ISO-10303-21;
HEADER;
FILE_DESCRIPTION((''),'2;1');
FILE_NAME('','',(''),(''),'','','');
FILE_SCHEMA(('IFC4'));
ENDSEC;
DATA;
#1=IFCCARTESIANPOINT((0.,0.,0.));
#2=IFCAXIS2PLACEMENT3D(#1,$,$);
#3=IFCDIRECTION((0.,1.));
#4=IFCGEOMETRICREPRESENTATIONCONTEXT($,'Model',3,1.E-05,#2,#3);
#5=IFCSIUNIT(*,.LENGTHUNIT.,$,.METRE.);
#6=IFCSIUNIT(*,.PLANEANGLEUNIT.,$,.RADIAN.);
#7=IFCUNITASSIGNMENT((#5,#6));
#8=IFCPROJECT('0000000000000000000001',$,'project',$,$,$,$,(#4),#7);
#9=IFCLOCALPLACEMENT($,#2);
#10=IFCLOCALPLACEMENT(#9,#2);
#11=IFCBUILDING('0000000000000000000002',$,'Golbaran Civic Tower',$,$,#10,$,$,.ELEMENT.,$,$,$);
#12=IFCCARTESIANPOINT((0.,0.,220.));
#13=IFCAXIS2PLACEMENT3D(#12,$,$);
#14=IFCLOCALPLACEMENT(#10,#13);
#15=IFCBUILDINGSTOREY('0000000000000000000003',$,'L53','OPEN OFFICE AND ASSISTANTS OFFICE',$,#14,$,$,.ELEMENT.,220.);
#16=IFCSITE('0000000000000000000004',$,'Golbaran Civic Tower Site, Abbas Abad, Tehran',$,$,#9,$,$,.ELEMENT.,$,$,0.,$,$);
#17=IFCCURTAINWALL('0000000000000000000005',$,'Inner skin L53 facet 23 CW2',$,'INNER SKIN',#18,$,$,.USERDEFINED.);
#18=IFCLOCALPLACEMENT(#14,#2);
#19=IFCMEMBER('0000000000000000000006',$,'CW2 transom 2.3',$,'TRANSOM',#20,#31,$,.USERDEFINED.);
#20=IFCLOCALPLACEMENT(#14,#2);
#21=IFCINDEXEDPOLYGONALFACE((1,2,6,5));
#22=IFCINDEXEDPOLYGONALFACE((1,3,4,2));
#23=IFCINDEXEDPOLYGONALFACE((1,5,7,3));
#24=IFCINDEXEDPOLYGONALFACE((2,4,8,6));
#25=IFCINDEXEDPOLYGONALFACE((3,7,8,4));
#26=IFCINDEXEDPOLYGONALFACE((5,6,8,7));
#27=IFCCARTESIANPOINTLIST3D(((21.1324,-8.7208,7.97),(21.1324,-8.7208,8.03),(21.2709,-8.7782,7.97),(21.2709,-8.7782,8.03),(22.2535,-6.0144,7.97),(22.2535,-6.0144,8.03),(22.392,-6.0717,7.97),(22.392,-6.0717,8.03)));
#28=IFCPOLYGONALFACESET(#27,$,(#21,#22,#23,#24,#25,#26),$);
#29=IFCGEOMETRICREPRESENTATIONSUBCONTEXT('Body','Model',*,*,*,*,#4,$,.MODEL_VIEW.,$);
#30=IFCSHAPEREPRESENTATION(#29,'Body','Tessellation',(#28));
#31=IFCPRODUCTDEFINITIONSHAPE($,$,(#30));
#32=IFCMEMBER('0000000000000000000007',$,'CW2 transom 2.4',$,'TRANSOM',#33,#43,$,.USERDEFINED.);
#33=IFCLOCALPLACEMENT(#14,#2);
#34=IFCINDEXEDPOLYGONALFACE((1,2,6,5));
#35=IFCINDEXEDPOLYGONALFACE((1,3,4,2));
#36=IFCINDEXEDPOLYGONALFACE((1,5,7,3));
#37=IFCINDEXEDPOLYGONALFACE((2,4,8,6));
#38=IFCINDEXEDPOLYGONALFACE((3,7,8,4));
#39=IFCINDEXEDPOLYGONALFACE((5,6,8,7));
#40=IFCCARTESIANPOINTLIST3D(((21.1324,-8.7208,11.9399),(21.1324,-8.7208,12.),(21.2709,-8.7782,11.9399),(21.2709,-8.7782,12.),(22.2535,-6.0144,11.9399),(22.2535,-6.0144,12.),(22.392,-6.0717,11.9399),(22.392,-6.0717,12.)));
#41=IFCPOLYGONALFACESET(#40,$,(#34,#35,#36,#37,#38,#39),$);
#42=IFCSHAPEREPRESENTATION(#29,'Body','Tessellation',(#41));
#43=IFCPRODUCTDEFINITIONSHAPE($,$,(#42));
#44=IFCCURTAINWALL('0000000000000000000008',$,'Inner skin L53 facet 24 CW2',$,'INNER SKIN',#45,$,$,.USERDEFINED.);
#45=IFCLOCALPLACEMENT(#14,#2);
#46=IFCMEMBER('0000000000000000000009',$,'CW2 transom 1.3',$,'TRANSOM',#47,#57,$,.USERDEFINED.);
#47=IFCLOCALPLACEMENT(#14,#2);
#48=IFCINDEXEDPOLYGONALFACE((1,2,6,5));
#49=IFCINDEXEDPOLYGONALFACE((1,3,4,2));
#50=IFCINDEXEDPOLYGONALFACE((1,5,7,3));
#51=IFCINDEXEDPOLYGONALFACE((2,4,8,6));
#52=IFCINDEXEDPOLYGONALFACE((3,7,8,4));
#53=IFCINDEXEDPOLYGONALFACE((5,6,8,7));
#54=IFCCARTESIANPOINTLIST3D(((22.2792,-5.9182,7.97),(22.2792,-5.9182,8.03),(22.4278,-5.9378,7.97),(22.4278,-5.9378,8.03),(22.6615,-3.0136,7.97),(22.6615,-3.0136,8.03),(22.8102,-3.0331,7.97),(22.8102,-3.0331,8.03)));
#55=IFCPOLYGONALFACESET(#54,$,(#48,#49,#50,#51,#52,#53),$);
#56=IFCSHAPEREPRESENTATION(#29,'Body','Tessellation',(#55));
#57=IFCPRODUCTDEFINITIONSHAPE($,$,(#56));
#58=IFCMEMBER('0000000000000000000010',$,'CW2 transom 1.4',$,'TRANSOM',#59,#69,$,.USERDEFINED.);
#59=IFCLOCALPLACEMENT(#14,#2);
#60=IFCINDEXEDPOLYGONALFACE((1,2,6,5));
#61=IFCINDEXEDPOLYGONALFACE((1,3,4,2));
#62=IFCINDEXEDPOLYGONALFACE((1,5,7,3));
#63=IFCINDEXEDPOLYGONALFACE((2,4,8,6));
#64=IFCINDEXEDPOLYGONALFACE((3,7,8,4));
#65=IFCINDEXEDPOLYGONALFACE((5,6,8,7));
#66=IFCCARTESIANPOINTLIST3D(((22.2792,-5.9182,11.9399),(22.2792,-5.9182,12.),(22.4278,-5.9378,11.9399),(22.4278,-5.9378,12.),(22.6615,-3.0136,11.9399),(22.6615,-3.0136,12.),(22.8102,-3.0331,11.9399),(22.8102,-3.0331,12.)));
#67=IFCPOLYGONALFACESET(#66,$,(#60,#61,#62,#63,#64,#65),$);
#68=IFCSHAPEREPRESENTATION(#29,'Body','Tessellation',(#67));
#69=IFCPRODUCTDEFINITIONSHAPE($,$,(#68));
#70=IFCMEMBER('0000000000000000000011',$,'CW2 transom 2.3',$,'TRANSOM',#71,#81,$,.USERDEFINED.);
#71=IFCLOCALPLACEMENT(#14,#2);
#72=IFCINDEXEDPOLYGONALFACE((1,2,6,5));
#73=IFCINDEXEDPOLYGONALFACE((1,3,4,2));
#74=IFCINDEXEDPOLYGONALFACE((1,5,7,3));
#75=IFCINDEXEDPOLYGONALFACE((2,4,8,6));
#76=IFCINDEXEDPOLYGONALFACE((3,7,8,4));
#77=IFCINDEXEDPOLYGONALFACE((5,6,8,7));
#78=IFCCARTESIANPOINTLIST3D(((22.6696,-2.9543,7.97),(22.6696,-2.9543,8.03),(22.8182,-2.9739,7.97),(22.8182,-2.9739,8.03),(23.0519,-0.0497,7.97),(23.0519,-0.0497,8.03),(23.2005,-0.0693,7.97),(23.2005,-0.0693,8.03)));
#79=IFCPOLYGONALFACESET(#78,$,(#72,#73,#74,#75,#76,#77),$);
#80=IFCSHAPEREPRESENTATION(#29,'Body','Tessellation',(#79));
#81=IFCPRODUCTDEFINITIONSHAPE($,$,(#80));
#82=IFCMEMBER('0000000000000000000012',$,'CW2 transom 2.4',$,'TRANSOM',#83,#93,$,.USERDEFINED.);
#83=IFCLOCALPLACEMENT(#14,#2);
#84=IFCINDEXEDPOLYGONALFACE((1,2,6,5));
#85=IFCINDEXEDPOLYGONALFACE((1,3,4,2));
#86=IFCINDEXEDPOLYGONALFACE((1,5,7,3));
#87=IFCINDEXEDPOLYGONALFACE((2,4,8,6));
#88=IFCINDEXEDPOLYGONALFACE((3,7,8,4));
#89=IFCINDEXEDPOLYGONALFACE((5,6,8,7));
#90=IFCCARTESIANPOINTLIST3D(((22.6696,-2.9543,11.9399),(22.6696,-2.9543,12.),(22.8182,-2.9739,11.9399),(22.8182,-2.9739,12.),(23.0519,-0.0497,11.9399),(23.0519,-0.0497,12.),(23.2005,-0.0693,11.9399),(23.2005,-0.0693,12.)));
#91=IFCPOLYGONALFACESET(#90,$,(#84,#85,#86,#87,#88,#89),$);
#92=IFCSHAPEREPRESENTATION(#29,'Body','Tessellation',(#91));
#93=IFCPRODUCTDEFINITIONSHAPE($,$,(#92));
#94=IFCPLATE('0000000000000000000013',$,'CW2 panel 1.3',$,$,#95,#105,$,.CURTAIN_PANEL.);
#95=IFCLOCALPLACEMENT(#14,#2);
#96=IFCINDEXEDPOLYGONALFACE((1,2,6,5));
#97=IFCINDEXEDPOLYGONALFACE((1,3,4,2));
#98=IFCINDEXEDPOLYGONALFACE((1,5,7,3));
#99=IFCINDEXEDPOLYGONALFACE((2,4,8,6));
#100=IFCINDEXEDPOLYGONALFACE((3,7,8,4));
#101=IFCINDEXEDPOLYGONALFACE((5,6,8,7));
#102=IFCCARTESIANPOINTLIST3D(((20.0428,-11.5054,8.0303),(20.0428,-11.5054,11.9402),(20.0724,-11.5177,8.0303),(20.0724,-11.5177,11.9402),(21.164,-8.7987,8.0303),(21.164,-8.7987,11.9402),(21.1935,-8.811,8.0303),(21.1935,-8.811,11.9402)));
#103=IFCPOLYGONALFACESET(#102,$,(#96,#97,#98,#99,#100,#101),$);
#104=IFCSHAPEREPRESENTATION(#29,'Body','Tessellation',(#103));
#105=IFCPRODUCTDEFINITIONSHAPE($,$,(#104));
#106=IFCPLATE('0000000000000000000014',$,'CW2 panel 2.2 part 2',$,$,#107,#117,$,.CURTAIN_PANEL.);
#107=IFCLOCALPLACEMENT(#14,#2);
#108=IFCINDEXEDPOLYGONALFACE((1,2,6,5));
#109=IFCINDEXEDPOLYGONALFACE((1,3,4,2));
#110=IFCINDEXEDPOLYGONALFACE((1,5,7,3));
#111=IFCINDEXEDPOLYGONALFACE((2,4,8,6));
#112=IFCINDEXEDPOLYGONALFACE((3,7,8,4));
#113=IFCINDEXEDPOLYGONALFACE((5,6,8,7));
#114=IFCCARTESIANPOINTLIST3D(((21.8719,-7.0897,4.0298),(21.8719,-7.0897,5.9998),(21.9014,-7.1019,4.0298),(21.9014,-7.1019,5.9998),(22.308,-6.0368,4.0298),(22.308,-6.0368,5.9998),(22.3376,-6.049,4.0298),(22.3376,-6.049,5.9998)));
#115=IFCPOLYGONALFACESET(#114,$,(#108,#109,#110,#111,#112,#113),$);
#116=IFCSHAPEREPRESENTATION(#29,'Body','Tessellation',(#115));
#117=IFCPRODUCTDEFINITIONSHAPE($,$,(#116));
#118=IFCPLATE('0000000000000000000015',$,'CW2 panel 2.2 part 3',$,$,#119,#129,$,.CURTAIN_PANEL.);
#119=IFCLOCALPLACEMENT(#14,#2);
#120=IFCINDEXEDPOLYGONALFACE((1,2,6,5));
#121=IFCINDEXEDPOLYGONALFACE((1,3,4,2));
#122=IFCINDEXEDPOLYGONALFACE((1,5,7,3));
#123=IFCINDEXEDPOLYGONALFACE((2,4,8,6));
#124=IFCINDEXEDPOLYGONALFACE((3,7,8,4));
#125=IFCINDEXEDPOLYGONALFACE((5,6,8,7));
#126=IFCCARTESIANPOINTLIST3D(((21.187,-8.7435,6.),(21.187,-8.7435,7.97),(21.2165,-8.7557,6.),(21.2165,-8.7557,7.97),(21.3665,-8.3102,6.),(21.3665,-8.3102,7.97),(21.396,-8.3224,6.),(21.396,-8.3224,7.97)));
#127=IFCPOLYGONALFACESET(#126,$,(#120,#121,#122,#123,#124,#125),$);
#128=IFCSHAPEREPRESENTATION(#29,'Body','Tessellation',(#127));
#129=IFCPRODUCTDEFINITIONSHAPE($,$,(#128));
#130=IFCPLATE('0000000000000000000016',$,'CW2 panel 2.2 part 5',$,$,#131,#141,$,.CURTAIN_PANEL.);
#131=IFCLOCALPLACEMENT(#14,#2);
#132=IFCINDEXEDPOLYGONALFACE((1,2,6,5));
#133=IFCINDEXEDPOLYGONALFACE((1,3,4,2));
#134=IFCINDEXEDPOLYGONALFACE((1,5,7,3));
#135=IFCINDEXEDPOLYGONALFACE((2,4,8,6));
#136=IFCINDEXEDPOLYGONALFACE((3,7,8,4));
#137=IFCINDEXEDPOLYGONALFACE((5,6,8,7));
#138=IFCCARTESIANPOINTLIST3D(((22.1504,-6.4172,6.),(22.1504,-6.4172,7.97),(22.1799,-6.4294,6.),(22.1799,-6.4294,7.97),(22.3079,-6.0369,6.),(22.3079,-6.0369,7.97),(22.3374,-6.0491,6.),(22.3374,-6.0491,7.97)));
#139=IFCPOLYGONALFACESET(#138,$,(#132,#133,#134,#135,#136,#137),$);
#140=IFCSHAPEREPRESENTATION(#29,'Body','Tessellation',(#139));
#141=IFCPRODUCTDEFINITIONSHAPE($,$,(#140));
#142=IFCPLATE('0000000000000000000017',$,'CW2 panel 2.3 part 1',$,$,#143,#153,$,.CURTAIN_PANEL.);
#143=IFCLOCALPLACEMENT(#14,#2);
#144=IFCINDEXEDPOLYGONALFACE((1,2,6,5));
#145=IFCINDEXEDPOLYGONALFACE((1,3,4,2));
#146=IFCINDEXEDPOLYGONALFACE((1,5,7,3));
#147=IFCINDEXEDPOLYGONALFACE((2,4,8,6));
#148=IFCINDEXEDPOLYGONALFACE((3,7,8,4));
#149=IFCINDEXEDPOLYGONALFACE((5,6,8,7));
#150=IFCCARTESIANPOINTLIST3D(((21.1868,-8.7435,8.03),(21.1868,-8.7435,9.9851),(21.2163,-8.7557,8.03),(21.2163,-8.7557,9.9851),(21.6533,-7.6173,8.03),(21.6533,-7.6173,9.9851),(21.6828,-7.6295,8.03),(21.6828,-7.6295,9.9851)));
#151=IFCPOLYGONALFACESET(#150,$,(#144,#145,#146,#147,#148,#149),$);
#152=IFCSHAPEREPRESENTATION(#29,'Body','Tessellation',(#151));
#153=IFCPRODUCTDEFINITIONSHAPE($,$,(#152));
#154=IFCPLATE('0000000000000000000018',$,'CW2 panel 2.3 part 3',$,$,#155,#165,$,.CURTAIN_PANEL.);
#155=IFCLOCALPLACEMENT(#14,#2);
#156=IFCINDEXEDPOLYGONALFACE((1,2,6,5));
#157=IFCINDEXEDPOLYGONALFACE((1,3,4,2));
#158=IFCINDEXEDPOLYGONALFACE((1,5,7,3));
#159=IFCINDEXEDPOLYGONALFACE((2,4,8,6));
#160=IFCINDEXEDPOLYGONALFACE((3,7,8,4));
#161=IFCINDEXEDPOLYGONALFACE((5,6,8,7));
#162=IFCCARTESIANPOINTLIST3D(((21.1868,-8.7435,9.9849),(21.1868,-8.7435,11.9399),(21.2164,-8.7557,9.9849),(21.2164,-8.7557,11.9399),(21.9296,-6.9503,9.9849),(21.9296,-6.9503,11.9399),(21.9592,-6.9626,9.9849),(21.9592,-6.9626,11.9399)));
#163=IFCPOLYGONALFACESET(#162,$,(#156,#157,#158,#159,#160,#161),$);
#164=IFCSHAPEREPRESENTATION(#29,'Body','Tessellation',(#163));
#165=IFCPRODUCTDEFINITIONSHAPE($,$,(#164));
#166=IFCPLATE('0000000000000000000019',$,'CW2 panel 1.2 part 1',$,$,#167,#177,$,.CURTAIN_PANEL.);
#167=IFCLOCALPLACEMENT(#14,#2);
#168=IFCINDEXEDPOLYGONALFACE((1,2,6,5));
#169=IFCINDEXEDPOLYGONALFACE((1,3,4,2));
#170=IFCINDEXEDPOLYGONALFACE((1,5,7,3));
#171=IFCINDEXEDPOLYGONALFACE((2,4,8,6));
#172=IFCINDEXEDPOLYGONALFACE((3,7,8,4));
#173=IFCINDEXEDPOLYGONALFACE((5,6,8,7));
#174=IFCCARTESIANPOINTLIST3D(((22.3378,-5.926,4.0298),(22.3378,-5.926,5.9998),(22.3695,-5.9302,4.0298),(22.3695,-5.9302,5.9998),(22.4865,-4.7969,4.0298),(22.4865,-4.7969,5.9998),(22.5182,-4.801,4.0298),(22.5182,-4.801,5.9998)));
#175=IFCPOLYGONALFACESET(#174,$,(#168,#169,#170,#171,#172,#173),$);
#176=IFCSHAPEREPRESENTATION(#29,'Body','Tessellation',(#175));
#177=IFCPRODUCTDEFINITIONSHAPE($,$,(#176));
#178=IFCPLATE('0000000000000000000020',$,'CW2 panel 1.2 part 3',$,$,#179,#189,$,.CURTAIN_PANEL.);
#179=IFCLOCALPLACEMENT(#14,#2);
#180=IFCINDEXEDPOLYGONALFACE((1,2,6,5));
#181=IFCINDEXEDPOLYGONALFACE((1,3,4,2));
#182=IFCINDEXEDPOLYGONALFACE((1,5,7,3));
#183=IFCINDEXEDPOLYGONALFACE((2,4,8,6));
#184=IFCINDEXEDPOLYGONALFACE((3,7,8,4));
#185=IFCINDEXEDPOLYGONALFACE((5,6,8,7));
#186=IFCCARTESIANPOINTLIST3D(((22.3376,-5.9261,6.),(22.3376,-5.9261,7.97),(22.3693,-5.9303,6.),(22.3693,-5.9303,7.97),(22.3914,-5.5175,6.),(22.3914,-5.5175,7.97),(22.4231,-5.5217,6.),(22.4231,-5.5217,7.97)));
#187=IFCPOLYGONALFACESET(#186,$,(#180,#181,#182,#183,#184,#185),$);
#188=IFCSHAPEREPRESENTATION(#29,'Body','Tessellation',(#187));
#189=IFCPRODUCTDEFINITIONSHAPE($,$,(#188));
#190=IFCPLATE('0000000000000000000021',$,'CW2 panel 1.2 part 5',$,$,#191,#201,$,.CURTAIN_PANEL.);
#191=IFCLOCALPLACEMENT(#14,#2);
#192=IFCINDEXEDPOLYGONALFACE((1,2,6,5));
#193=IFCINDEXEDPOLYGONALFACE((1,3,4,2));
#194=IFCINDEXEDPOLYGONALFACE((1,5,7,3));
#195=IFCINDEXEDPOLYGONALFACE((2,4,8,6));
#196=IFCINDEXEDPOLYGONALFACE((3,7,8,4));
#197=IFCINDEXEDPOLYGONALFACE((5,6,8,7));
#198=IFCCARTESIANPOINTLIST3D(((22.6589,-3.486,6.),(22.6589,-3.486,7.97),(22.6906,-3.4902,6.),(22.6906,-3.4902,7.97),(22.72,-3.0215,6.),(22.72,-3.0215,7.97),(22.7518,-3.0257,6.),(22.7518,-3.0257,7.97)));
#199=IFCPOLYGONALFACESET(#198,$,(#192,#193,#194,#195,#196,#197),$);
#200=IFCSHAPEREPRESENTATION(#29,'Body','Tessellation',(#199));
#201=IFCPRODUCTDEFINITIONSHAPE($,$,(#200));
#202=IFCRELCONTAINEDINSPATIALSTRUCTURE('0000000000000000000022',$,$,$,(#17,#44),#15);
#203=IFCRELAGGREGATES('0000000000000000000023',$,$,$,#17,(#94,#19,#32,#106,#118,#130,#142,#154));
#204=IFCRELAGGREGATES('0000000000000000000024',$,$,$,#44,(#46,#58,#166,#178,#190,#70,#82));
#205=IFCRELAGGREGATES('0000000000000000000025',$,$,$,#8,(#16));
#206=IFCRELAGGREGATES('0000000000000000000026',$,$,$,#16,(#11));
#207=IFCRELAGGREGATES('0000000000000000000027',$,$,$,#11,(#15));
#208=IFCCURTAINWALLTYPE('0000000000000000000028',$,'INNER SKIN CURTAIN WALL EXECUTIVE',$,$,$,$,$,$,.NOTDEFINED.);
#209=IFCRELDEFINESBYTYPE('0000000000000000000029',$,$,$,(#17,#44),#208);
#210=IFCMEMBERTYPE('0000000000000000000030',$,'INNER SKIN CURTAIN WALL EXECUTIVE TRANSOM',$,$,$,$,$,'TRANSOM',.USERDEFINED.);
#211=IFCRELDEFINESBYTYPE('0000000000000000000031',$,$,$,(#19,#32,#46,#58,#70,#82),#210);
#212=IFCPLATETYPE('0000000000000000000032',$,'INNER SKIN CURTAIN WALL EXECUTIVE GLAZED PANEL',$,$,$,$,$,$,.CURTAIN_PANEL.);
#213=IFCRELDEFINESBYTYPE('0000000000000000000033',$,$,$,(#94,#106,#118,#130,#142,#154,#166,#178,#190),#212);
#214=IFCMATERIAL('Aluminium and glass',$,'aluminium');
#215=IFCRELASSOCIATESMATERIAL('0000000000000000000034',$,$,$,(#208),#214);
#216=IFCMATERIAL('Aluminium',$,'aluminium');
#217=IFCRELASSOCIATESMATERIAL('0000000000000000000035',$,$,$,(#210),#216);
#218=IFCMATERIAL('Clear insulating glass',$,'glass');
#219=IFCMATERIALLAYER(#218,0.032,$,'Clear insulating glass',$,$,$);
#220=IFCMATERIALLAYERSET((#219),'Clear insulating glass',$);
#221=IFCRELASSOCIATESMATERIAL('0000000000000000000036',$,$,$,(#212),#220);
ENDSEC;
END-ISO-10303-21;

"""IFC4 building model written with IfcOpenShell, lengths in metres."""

from ifc_helpers import new_model, si_unit, direction, frame, origin, origin_2d, place, context, subcontext, project, spatial, rectangle, extrude, material, layer, layer_set, material_profile, profile_set, type_object, element, aggregate, save


model = new_model("IFC4")

# Units and contexts
model_context = context("Model", 3, precision=1e-05, world=origin(), true_north=direction((0.0, 1.0)))
body_context = subcontext(model_context, "Body", "Model", "MODEL_VIEW")
ifc_project = project(units=[si_unit("LENGTHUNIT", "METRE"), si_unit("PLANEANGLEUNIT", "RADIAN")], contexts=[model_context])

# Site, building, storey
site_placement = place(None, origin())
site = spatial("IfcSite", under=ifc_project, at=site_placement, Name="Golbaran Civic Tower Site, Abbas Abad, Tehran", CompositionType="ELEMENT", RefElevation=0.0)
building_placement = place(site_placement, origin())
building = spatial("IfcBuilding", under=site, at=building_placement, Name="Golbaran Civic Tower", CompositionType="ELEMENT")
storey_placement = place(building_placement, frame((0.0, 0.0, 220.0)))
storey = spatial("IfcBuildingStorey", under=building, at=storey_placement, Name="L53", Description="OPEN OFFICE AND ASSISTANTS OFFICE", CompositionType="ELEMENT", Elevation=220.0)

# Curtain walls, members
ifc_material_1 = material(Name="Aluminium and glass", Category="aluminium")
curtain_wall_type = type_object("IfcCurtainWallType", Name="INNER SKIN CURTAIN WALL EXECUTIVE", PredefinedType="NOTDEFINED", material=ifc_material_1)
curtain_wall_1_placement = place(storey_placement, origin())
curtain_wall_1 = element("IfcCurtainWall", 1, at=curtain_wall_1_placement, inside=storey, type_object=curtain_wall_type, Name="Inner skin L53 facet 23 CW2", ObjectType="INNER SKIN", PredefinedType="USERDEFINED")
ifc_material_2 = material(Name="Aluminium", Category="aluminium")
ifc_material_profile = material_profile(ifc_material_2, rectangle(XDim=0.1499, YDim=0.0601, at=origin_2d()), Name="INNER SKIN CURTAIN WALL EXECUTIVE TRANSOM")
ifc_profile_set = profile_set([ifc_material_profile], Name="Aluminium")
member_type = type_object("IfcMemberType", Name="INNER SKIN CURTAIN WALL EXECUTIVE TRANSOM", ElementType="TRANSOM", PredefinedType="USERDEFINED", material=ifc_profile_set)
member_1_placement = place(storey_placement, frame((21.2017, -8.7495, 8.0), z_axis=(0.382685, 0.923879, 0.0), x_axis=(-0.923879, 0.382685, 0.0)))
member_1 = element("IfcMember", 2, at=member_1_placement, type_object=member_type, Name="CW2 transom 2.3", ObjectType="TRANSOM", PredefinedType="USERDEFINED", context=body_context, shape_type="SweptSolid", body=[
    extrude(rectangle(XDim=0.1499, YDim=0.0601, at=origin_2d()), origin(), (0.0, 0.0, 1.0), 2.9294),
])
member_2_placement = place(storey_placement, frame((21.2017, -8.7495, 11.97), z_axis=(0.382685, 0.923879, 0.0), x_axis=(-0.923879, 0.382685, 0.0)))
member_2 = element("IfcMember", 3, at=member_2_placement, type_object=member_type, Name="CW2 transom 2.4", ObjectType="TRANSOM", PredefinedType="USERDEFINED", context=body_context, shape_type="SweptSolid", body=[
    extrude(rectangle(XDim=0.1499, YDim=0.0601, at=origin_2d()), origin(), (0.0, 0.0, 1.0), 2.9294),
])
curtain_wall_2_placement = place(storey_placement, origin())
curtain_wall_2 = element("IfcCurtainWall", 4, at=curtain_wall_2_placement, inside=storey, type_object=curtain_wall_type, Name="Inner skin L53 facet 24 CW2", ObjectType="INNER SKIN", PredefinedType="USERDEFINED")
member_3_placement = place(storey_placement, frame((22.3535, -5.928, 8.0), z_axis=(0.130504, 0.991448, 0.0), x_axis=(-0.991448, 0.130504, 0.0)))
member_3 = element("IfcMember", 5, at=member_3_placement, type_object=member_type, Name="CW2 transom 1.3", ObjectType="TRANSOM", PredefinedType="USERDEFINED", context=body_context, shape_type="SweptSolid", body=[
    extrude(rectangle(XDim=0.1499, YDim=0.0601, at=origin_2d()), origin(), (0.0, 0.0, 1.0), 2.9297),
])
member_4_placement = place(storey_placement, frame((22.3535, -5.928, 11.97), z_axis=(0.130504, 0.991448, 0.0), x_axis=(-0.991448, 0.130504, 0.0)))
member_4 = element("IfcMember", 6, at=member_4_placement, type_object=member_type, Name="CW2 transom 1.4", ObjectType="TRANSOM", PredefinedType="USERDEFINED", context=body_context, shape_type="SweptSolid", body=[
    extrude(rectangle(XDim=0.1499, YDim=0.0601, at=origin_2d()), origin(), (0.0, 0.0, 1.0), 2.9297),
])
member_5_placement = place(storey_placement, frame((22.7439, -2.9641, 8.0), z_axis=(0.130504, 0.991448, 0.0), x_axis=(-0.991448, 0.130504, 0.0)))
member_5 = element("IfcMember", 7, at=member_5_placement, type_object=member_type, Name="CW2 transom 2.3", ObjectType="TRANSOM", PredefinedType="USERDEFINED", context=body_context, shape_type="SweptSolid", body=[
    extrude(rectangle(XDim=0.1499, YDim=0.0601, at=origin_2d()), origin(), (0.0, 0.0, 1.0), 2.9297),
])
member_6_placement = place(storey_placement, frame((22.7439, -2.9641, 11.97), z_axis=(0.130504, 0.991448, 0.0), x_axis=(-0.991448, 0.130504, 0.0)))
member_6 = element("IfcMember", 8, at=member_6_placement, type_object=member_type, Name="CW2 transom 2.4", ObjectType="TRANSOM", PredefinedType="USERDEFINED", context=body_context, shape_type="SweptSolid", body=[
    extrude(rectangle(XDim=0.1499, YDim=0.0601, at=origin_2d()), origin(), (0.0, 0.0, 1.0), 2.9297),
])

# Plates
ifc_material_3 = material(Name="Clear insulating glass", Category="glass")
ifc_layer_1 = layer(ifc_material_3, 0.032, Name="Clear insulating glass")
ifc_layer_set_1 = layer_set([ifc_layer_1], Name="Clear insulating glass")
plate_type_1 = type_object("IfcPlateType", Name="INNER SKIN CURTAIN WALL EXECUTIVE GLAZED PANEL", PredefinedType="CURTAIN_PANEL", material=ifc_layer_set_1)
plate_1_placement = place(storey_placement, frame((20.6182, -10.1582, 8.0303), z_axis=(0.0, 0.0, 1.0), x_axis=(0.382683, 0.92388, 0.0)))
plate_1 = element("IfcPlate", 9, at=plate_1_placement, type_object=plate_type_1, Name="CW2 panel 1.3", PredefinedType="CURTAIN_PANEL", context=body_context, shape_type="SweptSolid", body=[
    extrude(rectangle(XDim=2.9297, YDim=0.032, at=origin_2d()), origin(), (0.0, 0.0, 1.0), 3.9099),
])
plate_2_placement = place(storey_placement, frame((22.1047, -6.5693, 4.0298), z_axis=(0.0, 0.0, 1.0), x_axis=(0.382683, 0.92388, 0.0)))
plate_2 = element("IfcPlate", 10, at=plate_2_placement, type_object=plate_type_1, Name="CW2 panel 2.2 part 2", PredefinedType="CURTAIN_PANEL", context=body_context, shape_type="SweptSolid", body=[
    extrude(rectangle(XDim=1.1396, YDim=0.032, at=origin_2d()), origin(), (0.0, 0.0, 1.0), 1.97),
])
plate_3_placement = place(storey_placement, frame((21.2915, -8.533, 6.0), z_axis=(0.0, 0.0, 1.0), x_axis=(0.382683, 0.92388, 0.0)))
plate_3 = element("IfcPlate", 11, at=plate_3_placement, type_object=plate_type_1, Name="CW2 panel 2.2 part 3", PredefinedType="CURTAIN_PANEL", context=body_context, shape_type="SweptSolid", body=[
    extrude(rectangle(XDim=0.469, YDim=0.032, at=origin_2d()), origin(), (0.0, 0.0, 1.0), 1.97),
])
plate_4_placement = place(storey_placement, frame((22.2439, -6.2332, 6.0), z_axis=(0.0, 0.0, 1.0), x_axis=(0.382683, 0.92388, 0.0)))
plate_4 = element("IfcPlate", 12, at=plate_4_placement, type_object=plate_type_1, Name="CW2 panel 2.2 part 5", PredefinedType="CURTAIN_PANEL", context=body_context, shape_type="SweptSolid", body=[
    extrude(rectangle(XDim=0.4116, YDim=0.032, at=origin_2d()), origin(), (0.0, 0.0, 1.0), 1.97),
])
plate_5_placement = place(storey_placement, frame((21.4348, -8.1865, 8.03), z_axis=(0.0, 0.0, 1.0), x_axis=(0.382683, 0.92388, 0.0)))
plate_5 = element("IfcPlate", 13, at=plate_5_placement, type_object=plate_type_1, Name="CW2 panel 2.3 part 1", PredefinedType="CURTAIN_PANEL", context=body_context, shape_type="SweptSolid", body=[
    extrude(rectangle(XDim=1.219, YDim=0.032, at=origin_2d()), origin(), (0.0, 0.0, 1.0), 1.9551),
])
plate_6_placement = place(storey_placement, frame((21.573, -7.853, 9.9849), z_axis=(0.0, 0.0, 1.0), x_axis=(0.382683, 0.92388, 0.0)))
plate_6 = element("IfcPlate", 14, at=plate_6_placement, type_object=plate_type_1, Name="CW2 panel 2.3 part 3", PredefinedType="CURTAIN_PANEL", context=body_context, shape_type="SweptSolid", body=[
    extrude(rectangle(XDim=1.9409, YDim=0.032, at=origin_2d()), origin(), (0.0, 0.0, 1.0), 1.9551),
])
plate_7_placement = place(storey_placement, frame((22.428, -5.3635, 4.0298), z_axis=(0.0, 0.0, 1.0), x_axis=(0.130526, 0.991445, 0.0)))
plate_7 = element("IfcPlate", 15, at=plate_7_placement, type_object=plate_type_1, Name="CW2 panel 1.2 part 1", PredefinedType="CURTAIN_PANEL", context=body_context, shape_type="SweptSolid", body=[
    extrude(rectangle(XDim=1.1389, YDim=0.032, at=origin_2d()), origin(), (0.0, 0.0, 1.0), 1.97),
])
plate_8_placement = place(storey_placement, frame((22.3804, -5.7239, 6.0), z_axis=(0.0, 0.0, 1.0), x_axis=(0.130526, 0.991445, 0.0)))
plate_8 = element("IfcPlate", 16, at=plate_8_placement, type_object=plate_type_1, Name="CW2 panel 1.2 part 3", PredefinedType="CURTAIN_PANEL", context=body_context, shape_type="SweptSolid", body=[
    extrude(rectangle(XDim=0.4121, YDim=0.032, at=origin_2d()), origin(), (0.0, 0.0, 1.0), 1.97),
])
plate_9_placement = place(storey_placement, frame((22.7053, -3.2559, 6.0), z_axis=(0.0, 0.0, 1.0), x_axis=(0.130526, 0.991445, 0.0)))
plate_9 = element("IfcPlate", 17, at=plate_9_placement, type_object=plate_type_1, Name="CW2 panel 1.2 part 5", PredefinedType="CURTAIN_PANEL", context=body_context, shape_type="SweptSolid", body=[
    extrude(rectangle(XDim=0.4685, YDim=0.032, at=origin_2d()), origin(), (0.0, 0.0, 1.0), 1.97),
])
aggregate(curtain_wall_1, [plate_1, member_1, member_2, plate_2, plate_3, plate_4, plate_5, plate_6])
aggregate(curtain_wall_2, [member_3, member_4, plate_7, plate_8, plate_9, member_5, member_6])

save(model, "model.ifc")
